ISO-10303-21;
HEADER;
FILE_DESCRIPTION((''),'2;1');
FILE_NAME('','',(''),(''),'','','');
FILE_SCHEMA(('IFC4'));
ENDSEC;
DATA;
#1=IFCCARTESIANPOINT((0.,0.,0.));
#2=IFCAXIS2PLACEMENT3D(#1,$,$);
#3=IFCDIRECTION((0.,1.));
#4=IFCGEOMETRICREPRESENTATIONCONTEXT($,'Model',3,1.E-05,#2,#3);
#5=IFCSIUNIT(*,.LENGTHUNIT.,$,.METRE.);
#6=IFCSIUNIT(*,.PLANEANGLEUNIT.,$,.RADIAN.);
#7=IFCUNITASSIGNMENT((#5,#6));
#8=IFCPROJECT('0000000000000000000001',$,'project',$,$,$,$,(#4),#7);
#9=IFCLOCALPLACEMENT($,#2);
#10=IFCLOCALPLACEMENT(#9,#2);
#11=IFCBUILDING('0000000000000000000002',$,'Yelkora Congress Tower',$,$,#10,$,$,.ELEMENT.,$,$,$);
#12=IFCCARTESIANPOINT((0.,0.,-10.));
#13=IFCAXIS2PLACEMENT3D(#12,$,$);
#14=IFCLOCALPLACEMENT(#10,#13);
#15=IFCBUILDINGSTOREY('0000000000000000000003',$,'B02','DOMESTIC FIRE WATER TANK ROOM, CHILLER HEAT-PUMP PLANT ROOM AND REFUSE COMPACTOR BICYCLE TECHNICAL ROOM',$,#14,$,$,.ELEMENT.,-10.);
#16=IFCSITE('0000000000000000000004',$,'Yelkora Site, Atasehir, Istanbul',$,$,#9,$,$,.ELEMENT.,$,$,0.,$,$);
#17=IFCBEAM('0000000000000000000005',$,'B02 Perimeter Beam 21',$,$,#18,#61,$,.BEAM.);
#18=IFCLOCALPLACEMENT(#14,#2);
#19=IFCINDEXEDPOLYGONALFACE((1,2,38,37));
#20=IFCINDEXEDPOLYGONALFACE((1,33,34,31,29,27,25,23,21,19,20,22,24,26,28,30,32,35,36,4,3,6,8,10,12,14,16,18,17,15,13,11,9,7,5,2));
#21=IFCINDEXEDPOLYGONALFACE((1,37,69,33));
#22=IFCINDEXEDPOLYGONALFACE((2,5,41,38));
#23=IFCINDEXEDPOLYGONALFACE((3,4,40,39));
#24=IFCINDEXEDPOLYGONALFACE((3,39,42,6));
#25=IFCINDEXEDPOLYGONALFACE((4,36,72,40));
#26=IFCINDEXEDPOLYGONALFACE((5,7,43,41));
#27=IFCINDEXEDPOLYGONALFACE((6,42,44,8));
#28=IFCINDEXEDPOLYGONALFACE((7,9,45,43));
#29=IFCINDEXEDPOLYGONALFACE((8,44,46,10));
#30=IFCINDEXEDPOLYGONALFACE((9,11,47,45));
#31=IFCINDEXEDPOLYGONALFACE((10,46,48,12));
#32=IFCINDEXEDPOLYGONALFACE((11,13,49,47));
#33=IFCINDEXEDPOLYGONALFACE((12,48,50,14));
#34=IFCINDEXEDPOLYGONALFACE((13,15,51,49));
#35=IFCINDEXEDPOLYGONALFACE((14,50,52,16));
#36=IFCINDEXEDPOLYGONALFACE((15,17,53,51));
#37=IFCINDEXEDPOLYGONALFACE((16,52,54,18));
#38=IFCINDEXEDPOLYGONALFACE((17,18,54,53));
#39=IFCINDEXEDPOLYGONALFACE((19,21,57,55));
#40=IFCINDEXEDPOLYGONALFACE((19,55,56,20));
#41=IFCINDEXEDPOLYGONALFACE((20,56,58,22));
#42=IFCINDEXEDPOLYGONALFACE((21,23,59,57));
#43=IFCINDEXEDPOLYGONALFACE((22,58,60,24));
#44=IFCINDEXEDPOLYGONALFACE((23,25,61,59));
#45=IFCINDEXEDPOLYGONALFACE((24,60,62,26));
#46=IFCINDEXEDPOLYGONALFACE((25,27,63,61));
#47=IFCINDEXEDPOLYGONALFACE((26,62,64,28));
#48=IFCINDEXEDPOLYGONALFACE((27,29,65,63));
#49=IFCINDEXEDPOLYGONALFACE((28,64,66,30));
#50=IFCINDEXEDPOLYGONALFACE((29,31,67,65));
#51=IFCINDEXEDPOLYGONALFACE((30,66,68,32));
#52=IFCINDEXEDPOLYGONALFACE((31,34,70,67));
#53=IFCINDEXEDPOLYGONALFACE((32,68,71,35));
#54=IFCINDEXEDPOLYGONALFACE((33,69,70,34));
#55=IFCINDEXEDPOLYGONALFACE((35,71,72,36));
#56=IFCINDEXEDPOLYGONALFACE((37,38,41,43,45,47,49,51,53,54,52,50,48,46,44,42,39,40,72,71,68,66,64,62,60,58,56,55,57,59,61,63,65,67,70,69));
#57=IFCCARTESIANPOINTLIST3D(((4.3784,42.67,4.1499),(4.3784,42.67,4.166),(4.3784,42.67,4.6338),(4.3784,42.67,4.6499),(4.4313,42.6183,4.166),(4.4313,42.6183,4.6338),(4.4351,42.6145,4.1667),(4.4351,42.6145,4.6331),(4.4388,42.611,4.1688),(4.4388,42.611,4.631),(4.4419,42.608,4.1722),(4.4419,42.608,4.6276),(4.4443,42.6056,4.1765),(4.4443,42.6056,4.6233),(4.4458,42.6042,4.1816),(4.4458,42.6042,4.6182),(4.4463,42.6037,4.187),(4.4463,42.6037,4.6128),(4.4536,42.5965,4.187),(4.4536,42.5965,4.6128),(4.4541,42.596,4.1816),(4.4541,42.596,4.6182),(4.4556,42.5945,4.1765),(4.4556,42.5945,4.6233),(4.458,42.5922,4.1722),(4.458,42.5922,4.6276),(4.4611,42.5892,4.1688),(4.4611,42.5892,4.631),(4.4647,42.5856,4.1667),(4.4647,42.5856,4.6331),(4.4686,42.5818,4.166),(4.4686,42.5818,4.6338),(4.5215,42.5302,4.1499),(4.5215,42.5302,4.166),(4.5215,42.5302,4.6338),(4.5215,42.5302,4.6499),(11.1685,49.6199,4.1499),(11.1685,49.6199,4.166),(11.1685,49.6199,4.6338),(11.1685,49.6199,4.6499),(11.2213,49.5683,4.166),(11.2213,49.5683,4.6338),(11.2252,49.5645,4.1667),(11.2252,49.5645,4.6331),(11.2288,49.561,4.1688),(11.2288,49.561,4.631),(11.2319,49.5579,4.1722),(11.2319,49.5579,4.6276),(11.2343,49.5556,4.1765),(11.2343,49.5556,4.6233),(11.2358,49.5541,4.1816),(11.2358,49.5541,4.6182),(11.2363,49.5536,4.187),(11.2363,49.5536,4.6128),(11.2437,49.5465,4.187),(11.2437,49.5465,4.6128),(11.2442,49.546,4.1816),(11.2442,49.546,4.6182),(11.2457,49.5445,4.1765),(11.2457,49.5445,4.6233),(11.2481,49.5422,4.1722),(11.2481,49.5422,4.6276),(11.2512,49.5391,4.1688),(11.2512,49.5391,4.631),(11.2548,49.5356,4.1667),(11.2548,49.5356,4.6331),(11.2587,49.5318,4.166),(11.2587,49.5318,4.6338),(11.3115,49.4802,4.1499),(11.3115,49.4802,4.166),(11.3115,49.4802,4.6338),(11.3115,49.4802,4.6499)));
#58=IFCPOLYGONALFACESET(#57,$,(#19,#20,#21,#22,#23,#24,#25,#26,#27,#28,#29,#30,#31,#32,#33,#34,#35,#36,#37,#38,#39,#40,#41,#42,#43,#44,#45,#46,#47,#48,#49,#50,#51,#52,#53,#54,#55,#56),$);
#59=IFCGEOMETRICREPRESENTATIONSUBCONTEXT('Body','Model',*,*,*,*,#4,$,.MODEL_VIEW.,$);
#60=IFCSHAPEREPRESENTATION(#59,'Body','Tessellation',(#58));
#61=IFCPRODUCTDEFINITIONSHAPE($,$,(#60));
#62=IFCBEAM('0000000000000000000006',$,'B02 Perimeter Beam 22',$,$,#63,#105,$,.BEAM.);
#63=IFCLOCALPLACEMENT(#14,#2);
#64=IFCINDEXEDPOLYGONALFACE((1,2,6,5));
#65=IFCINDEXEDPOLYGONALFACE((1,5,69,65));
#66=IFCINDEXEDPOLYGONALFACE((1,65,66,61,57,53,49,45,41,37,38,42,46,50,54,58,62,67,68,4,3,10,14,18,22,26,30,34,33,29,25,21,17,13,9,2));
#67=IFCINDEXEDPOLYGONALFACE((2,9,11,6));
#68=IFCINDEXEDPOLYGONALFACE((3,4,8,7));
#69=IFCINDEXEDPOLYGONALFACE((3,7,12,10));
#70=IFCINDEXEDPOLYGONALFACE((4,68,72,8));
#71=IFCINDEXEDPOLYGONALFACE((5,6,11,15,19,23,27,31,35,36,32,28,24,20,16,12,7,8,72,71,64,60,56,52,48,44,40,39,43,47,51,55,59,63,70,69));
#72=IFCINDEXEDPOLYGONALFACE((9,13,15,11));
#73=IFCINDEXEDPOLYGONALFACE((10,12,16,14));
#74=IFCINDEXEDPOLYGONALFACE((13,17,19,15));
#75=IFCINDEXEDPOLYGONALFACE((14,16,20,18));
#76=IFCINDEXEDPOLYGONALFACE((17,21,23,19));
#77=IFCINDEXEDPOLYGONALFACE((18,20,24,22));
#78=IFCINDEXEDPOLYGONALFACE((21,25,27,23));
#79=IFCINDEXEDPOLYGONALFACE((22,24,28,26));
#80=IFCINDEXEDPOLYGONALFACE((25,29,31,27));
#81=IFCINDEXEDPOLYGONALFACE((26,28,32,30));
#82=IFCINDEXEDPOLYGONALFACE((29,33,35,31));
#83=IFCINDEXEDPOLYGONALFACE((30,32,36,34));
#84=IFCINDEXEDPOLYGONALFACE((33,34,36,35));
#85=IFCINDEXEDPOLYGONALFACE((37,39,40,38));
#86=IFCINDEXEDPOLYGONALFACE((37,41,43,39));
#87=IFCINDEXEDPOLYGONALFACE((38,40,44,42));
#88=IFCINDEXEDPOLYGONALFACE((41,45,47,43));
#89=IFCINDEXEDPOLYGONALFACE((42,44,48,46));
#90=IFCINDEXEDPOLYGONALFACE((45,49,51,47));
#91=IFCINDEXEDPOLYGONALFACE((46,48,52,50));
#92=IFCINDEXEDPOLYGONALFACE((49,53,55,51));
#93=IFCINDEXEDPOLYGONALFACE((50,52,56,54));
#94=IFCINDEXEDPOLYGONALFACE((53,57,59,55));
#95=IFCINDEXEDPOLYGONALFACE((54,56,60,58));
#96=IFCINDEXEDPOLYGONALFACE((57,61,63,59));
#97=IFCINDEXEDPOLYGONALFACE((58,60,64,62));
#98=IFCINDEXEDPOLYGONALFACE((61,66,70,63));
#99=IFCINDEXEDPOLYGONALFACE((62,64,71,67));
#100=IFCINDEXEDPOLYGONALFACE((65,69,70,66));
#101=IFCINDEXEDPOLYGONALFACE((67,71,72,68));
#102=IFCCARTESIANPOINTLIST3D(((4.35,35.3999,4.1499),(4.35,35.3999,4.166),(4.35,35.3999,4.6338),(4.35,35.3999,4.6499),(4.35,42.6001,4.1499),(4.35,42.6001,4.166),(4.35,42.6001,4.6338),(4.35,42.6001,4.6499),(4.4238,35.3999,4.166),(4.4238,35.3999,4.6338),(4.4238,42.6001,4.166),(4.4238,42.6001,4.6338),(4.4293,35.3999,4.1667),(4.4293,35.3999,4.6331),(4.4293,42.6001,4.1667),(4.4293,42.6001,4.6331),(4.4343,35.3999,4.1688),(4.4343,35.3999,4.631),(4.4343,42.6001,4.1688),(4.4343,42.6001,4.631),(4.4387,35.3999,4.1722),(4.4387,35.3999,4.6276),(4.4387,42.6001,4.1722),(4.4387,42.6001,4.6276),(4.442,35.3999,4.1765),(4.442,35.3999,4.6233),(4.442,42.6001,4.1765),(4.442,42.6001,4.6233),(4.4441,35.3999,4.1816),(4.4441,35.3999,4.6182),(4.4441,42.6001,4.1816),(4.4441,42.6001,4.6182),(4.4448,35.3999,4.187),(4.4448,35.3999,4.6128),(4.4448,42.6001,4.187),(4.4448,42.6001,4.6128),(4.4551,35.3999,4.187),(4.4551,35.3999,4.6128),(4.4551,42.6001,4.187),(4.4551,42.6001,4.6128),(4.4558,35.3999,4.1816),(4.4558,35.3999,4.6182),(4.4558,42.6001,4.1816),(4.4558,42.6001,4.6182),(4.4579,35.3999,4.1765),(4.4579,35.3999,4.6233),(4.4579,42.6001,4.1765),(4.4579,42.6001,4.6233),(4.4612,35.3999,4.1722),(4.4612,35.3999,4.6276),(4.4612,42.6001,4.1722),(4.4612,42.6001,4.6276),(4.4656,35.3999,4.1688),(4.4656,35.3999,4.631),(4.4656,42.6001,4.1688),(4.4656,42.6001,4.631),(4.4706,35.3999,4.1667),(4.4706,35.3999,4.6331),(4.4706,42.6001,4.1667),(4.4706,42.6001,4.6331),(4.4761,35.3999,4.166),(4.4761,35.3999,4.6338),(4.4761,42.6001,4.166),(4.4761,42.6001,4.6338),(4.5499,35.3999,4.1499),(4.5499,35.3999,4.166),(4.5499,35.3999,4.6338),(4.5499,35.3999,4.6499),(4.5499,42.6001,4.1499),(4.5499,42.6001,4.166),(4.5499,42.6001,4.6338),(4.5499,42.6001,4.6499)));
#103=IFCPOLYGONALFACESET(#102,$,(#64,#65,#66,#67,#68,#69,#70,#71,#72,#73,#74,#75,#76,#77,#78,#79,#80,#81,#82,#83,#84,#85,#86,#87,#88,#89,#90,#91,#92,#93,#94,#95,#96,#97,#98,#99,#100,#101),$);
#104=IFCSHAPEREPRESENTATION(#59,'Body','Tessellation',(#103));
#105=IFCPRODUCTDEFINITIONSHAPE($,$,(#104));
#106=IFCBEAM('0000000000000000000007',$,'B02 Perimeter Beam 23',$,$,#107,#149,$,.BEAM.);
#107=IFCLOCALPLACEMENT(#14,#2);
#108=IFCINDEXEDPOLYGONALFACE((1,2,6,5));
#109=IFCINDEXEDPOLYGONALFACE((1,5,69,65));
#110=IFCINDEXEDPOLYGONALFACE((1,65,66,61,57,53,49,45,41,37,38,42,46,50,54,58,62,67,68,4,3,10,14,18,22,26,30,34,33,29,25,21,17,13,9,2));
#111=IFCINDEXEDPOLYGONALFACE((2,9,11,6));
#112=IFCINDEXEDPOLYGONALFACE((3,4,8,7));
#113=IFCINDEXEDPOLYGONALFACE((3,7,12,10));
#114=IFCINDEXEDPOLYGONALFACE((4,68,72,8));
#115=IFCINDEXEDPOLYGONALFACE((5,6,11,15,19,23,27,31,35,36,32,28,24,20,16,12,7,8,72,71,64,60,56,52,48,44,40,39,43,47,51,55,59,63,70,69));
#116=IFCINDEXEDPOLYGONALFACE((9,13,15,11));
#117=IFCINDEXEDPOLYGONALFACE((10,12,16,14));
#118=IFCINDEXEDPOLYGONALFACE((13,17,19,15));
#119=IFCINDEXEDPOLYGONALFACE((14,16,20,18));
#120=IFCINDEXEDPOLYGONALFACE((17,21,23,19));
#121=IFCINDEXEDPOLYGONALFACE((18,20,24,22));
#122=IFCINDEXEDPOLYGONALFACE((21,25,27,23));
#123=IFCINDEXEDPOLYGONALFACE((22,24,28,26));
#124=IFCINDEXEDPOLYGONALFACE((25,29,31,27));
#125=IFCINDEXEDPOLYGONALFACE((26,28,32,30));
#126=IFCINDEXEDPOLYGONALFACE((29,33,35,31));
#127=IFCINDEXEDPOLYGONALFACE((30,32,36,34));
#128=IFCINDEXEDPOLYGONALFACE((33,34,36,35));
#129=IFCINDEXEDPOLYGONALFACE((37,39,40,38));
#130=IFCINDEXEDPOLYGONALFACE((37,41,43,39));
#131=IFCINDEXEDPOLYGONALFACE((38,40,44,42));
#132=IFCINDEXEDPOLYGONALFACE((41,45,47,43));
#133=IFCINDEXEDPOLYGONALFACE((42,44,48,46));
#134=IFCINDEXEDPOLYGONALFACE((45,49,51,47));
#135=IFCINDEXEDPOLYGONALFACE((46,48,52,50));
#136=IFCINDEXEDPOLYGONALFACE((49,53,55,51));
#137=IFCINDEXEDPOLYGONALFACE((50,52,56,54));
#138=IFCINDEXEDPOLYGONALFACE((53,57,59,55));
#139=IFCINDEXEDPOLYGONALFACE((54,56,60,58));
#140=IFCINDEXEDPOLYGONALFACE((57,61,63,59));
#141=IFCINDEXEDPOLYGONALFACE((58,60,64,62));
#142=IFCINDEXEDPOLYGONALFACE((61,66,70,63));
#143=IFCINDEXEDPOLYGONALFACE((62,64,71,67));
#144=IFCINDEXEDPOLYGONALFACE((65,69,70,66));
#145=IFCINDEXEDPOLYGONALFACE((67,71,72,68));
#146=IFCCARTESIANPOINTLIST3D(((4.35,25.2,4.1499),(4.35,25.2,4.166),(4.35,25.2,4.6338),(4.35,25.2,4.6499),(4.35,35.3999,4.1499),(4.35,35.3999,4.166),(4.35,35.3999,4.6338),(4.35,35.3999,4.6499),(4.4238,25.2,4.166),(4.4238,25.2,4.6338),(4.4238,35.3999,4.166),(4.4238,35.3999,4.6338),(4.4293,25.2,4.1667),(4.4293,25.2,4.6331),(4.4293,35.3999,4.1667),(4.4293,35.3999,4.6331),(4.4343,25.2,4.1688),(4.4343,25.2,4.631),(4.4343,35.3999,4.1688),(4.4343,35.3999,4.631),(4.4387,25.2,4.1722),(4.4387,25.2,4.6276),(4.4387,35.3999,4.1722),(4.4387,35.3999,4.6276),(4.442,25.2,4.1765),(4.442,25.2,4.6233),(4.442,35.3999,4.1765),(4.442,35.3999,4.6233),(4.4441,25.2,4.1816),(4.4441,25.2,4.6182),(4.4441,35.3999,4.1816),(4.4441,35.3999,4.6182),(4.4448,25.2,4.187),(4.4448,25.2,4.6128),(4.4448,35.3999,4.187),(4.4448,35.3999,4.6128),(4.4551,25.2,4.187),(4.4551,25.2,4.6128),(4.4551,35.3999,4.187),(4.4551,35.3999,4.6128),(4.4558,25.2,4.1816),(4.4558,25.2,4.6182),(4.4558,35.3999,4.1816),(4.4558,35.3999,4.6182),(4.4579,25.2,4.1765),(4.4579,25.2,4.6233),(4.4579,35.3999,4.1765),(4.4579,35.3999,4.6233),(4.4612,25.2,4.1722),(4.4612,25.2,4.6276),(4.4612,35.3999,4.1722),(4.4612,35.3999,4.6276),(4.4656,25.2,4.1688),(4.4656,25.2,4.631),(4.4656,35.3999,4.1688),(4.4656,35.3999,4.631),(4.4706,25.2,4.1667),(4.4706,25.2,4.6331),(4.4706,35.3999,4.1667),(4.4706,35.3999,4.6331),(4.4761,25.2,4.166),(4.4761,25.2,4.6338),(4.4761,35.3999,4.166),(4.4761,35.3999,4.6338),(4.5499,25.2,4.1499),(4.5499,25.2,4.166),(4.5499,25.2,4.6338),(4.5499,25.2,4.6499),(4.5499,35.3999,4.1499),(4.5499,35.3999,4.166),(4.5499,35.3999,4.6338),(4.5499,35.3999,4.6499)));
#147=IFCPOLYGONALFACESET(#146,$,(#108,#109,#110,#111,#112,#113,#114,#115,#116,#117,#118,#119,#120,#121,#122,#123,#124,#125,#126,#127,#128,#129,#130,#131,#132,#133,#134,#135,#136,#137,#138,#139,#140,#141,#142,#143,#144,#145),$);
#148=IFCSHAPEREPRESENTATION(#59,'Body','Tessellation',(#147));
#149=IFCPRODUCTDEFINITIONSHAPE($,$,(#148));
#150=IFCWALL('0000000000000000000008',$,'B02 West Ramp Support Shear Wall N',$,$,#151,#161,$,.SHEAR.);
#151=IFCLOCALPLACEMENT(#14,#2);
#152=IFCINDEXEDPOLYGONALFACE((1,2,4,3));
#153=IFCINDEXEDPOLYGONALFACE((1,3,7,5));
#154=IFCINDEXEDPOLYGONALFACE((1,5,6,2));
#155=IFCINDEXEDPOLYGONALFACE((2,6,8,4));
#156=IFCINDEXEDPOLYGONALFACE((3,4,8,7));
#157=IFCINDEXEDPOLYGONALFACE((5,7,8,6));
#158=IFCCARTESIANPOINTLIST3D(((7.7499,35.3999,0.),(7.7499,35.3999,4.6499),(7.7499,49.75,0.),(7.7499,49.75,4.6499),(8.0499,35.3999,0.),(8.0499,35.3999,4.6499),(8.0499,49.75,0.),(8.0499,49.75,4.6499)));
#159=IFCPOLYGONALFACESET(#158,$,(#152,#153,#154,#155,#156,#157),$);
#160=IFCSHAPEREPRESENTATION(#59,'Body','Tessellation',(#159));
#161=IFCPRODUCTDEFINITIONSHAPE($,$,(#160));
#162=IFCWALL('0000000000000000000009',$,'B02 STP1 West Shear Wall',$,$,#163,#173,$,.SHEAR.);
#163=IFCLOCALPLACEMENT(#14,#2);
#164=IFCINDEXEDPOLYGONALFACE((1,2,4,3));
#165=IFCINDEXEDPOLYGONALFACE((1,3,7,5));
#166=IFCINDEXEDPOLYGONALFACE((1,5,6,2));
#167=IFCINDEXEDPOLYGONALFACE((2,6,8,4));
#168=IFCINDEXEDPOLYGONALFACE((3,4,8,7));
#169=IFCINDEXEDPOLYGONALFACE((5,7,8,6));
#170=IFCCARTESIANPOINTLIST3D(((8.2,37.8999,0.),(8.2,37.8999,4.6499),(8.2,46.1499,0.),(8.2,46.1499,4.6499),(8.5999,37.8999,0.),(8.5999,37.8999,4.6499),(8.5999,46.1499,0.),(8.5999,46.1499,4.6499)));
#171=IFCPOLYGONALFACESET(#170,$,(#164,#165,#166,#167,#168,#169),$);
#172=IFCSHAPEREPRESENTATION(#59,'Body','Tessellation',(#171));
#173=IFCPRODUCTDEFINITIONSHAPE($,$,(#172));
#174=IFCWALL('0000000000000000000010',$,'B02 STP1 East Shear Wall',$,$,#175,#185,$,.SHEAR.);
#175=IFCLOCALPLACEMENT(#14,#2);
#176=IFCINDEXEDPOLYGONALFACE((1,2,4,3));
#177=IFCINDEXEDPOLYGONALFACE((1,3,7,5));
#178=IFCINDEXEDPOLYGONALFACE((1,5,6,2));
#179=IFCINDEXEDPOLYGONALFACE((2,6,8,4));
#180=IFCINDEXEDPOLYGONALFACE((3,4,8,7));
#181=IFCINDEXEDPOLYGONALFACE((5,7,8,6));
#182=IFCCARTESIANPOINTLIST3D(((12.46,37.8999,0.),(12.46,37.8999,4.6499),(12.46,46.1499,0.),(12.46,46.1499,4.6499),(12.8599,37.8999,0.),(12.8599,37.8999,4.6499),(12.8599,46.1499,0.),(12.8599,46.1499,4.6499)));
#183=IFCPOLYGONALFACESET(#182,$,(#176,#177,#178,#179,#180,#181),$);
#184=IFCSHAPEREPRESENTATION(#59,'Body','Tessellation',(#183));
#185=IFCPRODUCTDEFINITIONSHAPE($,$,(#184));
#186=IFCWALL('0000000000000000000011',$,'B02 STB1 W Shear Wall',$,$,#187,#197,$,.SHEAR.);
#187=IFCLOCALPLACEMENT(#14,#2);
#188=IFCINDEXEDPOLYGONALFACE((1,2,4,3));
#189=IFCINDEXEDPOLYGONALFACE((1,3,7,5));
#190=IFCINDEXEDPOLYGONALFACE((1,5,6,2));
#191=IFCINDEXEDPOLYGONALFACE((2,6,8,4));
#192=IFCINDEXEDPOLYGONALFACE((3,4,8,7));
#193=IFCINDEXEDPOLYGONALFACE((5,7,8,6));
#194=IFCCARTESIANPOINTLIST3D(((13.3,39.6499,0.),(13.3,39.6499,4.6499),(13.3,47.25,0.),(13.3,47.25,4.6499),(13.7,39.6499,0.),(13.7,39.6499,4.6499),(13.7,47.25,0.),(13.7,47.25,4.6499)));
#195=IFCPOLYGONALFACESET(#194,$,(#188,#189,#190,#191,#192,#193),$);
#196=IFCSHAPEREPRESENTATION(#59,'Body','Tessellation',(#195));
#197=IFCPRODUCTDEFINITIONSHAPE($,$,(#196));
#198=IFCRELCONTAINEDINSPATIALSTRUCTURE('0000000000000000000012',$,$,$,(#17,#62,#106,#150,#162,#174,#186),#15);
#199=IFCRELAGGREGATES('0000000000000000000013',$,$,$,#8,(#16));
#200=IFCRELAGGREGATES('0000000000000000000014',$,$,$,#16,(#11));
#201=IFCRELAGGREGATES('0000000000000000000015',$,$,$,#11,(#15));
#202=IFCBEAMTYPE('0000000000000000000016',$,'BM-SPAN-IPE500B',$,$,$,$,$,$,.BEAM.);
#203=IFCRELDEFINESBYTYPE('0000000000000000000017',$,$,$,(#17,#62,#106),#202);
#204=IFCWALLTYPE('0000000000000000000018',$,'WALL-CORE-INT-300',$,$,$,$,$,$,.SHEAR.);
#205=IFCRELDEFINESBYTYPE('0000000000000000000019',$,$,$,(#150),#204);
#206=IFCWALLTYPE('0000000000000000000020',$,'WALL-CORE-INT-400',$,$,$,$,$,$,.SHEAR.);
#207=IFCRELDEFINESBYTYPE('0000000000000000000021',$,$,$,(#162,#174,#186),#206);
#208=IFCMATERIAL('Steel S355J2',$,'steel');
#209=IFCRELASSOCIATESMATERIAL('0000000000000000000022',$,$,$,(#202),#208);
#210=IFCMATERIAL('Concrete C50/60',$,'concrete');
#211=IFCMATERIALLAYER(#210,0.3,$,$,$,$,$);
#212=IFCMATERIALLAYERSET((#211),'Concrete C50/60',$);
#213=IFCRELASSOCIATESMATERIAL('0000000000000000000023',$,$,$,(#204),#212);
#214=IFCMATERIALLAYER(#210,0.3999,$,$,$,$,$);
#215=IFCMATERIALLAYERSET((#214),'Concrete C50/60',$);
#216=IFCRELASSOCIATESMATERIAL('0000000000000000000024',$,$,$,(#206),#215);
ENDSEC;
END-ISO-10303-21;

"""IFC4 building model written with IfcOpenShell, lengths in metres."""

from ifc_helpers import new_model, si_unit, direction, frame, frame_2d, origin, origin_2d, place, context, subcontext, project, spatial, rectangle, i_section, extrude, material, layer, layer_set, material_profile, profile_set, type_object, element, save


model = new_model("IFC4")

# Units and contexts
model_context = context("Model", 3, precision=1e-05, world=origin(), true_north=direction((0.0, 1.0)))
body_context = subcontext(model_context, "Body", "Model", "MODEL_VIEW")
ifc_project = project(units=[si_unit("LENGTHUNIT", "METRE"), si_unit("PLANEANGLEUNIT", "RADIAN")], contexts=[model_context])

# Site, building, storey
site_placement = place(None, origin())
site = spatial("IfcSite", under=ifc_project, at=site_placement, Name="Yelkora Site, Atasehir, Istanbul", CompositionType="ELEMENT", RefElevation=0.0)
building_placement = place(site_placement, origin())
building = spatial("IfcBuilding", under=site, at=building_placement, Name="Yelkora Congress Tower", CompositionType="ELEMENT")
storey_placement = place(building_placement, frame((0.0, 0.0, -10.0)))
storey = spatial("IfcBuildingStorey", under=building, at=storey_placement, Name="B02", Description="DOMESTIC FIRE WATER TANK ROOM, CHILLER HEAT-PUMP PLANT ROOM AND REFUSE COMPACTOR BICYCLE TECHNICAL ROOM", CompositionType="ELEMENT", Elevation=-10.0)

# Shared definitions
ifc_material_1 = material(Name="Concrete C50/60", Category="concrete")

# Beams
ifc_material_2 = material(Name="Steel S355J2", Category="steel")
ifc_material_profile_1 = material_profile(ifc_material_2, i_section(OverallWidth=0.2, OverallDepth=0.5, WebThickness=0.0103, FlangeThickness=0.0161, FilletRadius=0.021, at=origin_2d()), Name="IPE 500")
ifc_profile_set_1 = profile_set([ifc_material_profile_1], Name="Steel S355J2")
beam_type_1 = type_object("IfcBeamType", Name="BM-SPAN-IPE500B", PredefinedType="BEAM", material=ifc_profile_set_1)
beam_1_placement = place(storey_placement, frame((11.24, 49.55, 4.3999), z_axis=(-0.69883, -0.715288, 0.0), x_axis=(0.715288, -0.69883, 0.0)))
element("IfcBeam", 1, at=beam_1_placement, inside=storey, type_object=beam_type_1, Name="B02 Perimeter Beam 21", PredefinedType="BEAM", context=body_context, shape_type="SweptSolid", body=[
    extrude(i_section(OverallWidth=0.2, OverallDepth=0.5, WebThickness=0.0103, FlangeThickness=0.0161, FilletRadius=0.021, at=origin_2d()), origin(), (0.0, 0.0, 1.0), 9.7163),
])
beam_2_placement = place(storey_placement, frame((4.45, 42.6001, 4.3999), z_axis=(0.0, -1.0, 0.0), x_axis=(1.0, 0.0, 0.0)))
element("IfcBeam", 2, at=beam_2_placement, inside=storey, type_object=beam_type_1, Name="B02 Perimeter Beam 22", PredefinedType="BEAM", context=body_context, shape_type="SweptSolid", body=[
    extrude(i_section(OverallWidth=0.2, OverallDepth=0.5, WebThickness=0.0103, FlangeThickness=0.0161, FilletRadius=0.021, at=origin_2d()), origin(), (0.0, 0.0, 1.0), 7.2002),
])
beam_3_placement = place(storey_placement, frame((4.45, 35.3999, 4.3999), z_axis=(0.0, -1.0, 0.0), x_axis=(1.0, 0.0, 0.0)))
element("IfcBeam", 3, at=beam_3_placement, inside=storey, type_object=beam_type_1, Name="B02 Perimeter Beam 23", PredefinedType="BEAM", context=body_context, shape_type="SweptSolid", body=[
    extrude(i_section(OverallWidth=0.2, OverallDepth=0.5, WebThickness=0.0103, FlangeThickness=0.0161, FilletRadius=0.021, at=origin_2d()), origin(), (0.0, 0.0, 1.0), 10.2),
])

# Walls
ifc_layer_1 = layer(ifc_material_1, 0.3)
ifc_layer_set_1 = layer_set([ifc_layer_1], Name="Concrete C50/60")
wall_type_1 = type_object("IfcWallType", Name="WALL-CORE-INT-300", PredefinedType="SHEAR", material=ifc_layer_set_1)
wall_1_placement = place(storey_placement, frame((7.8999, 35.3999, 0.0), z_axis=(0.0, 0.0, 1.0), x_axis=(0.0, 1.0, 0.0)))
element("IfcWall", 4, at=wall_1_placement, inside=storey, type_object=wall_type_1, Name="B02 West Ramp Support Shear Wall N", PredefinedType="SHEAR", context=body_context, shape_type="SweptSolid", body=[
    extrude(rectangle(XDim=14.3501, YDim=0.3, at=frame_2d((7.175, 0.0))), origin(), (0.0, 0.0, 1.0), 4.6499),
])
ifc_layer_2 = layer(ifc_material_1, 0.3999)
ifc_layer_set_2 = layer_set([ifc_layer_2], Name="Concrete C50/60")
wall_type_2 = type_object("IfcWallType", Name="WALL-CORE-INT-400", PredefinedType="SHEAR", material=ifc_layer_set_2)
for number, where, z_axis, x_axis, name in (
    (5, (8.3999, 37.8999, 0.0), (0.0, 0.0, 1.0), (0.0, 1.0, 0.0), "B02 STP1 West Shear Wall"),
    (6, (12.6599, 37.8999, 0.0), (0.0, 0.0, 1.0), (0.0, 1.0, 0.0), "B02 STP1 East Shear Wall"),
):
    element("IfcWall", number, at=place(storey_placement, frame(where, z_axis=z_axis, x_axis=x_axis)), inside=storey, type_object=wall_type_2, Name=name, PredefinedType="SHEAR", context=body_context, shape_type="SweptSolid", body=[
        extrude(rectangle(XDim=8.25, YDim=0.3999, at=frame_2d((4.125, 0.0))), origin(), (0.0, 0.0, 1.0), 4.6499),
    ])
wall_2_placement = place(storey_placement, frame((13.5, 39.6499, 0.0), z_axis=(0.0, 0.0, 1.0), x_axis=(0.0, 1.0, 0.0)))
element("IfcWall", 7, at=wall_2_placement, inside=storey, type_object=wall_type_2, Name="B02 STB1 W Shear Wall", PredefinedType="SHEAR", context=body_context, shape_type="SweptSolid", body=[
    extrude(rectangle(XDim=7.6001, YDim=0.3999, at=frame_2d((3.8, 0.0))), origin(), (0.0, 0.0, 1.0), 4.6499),
])

save(model, "model.ifc")
